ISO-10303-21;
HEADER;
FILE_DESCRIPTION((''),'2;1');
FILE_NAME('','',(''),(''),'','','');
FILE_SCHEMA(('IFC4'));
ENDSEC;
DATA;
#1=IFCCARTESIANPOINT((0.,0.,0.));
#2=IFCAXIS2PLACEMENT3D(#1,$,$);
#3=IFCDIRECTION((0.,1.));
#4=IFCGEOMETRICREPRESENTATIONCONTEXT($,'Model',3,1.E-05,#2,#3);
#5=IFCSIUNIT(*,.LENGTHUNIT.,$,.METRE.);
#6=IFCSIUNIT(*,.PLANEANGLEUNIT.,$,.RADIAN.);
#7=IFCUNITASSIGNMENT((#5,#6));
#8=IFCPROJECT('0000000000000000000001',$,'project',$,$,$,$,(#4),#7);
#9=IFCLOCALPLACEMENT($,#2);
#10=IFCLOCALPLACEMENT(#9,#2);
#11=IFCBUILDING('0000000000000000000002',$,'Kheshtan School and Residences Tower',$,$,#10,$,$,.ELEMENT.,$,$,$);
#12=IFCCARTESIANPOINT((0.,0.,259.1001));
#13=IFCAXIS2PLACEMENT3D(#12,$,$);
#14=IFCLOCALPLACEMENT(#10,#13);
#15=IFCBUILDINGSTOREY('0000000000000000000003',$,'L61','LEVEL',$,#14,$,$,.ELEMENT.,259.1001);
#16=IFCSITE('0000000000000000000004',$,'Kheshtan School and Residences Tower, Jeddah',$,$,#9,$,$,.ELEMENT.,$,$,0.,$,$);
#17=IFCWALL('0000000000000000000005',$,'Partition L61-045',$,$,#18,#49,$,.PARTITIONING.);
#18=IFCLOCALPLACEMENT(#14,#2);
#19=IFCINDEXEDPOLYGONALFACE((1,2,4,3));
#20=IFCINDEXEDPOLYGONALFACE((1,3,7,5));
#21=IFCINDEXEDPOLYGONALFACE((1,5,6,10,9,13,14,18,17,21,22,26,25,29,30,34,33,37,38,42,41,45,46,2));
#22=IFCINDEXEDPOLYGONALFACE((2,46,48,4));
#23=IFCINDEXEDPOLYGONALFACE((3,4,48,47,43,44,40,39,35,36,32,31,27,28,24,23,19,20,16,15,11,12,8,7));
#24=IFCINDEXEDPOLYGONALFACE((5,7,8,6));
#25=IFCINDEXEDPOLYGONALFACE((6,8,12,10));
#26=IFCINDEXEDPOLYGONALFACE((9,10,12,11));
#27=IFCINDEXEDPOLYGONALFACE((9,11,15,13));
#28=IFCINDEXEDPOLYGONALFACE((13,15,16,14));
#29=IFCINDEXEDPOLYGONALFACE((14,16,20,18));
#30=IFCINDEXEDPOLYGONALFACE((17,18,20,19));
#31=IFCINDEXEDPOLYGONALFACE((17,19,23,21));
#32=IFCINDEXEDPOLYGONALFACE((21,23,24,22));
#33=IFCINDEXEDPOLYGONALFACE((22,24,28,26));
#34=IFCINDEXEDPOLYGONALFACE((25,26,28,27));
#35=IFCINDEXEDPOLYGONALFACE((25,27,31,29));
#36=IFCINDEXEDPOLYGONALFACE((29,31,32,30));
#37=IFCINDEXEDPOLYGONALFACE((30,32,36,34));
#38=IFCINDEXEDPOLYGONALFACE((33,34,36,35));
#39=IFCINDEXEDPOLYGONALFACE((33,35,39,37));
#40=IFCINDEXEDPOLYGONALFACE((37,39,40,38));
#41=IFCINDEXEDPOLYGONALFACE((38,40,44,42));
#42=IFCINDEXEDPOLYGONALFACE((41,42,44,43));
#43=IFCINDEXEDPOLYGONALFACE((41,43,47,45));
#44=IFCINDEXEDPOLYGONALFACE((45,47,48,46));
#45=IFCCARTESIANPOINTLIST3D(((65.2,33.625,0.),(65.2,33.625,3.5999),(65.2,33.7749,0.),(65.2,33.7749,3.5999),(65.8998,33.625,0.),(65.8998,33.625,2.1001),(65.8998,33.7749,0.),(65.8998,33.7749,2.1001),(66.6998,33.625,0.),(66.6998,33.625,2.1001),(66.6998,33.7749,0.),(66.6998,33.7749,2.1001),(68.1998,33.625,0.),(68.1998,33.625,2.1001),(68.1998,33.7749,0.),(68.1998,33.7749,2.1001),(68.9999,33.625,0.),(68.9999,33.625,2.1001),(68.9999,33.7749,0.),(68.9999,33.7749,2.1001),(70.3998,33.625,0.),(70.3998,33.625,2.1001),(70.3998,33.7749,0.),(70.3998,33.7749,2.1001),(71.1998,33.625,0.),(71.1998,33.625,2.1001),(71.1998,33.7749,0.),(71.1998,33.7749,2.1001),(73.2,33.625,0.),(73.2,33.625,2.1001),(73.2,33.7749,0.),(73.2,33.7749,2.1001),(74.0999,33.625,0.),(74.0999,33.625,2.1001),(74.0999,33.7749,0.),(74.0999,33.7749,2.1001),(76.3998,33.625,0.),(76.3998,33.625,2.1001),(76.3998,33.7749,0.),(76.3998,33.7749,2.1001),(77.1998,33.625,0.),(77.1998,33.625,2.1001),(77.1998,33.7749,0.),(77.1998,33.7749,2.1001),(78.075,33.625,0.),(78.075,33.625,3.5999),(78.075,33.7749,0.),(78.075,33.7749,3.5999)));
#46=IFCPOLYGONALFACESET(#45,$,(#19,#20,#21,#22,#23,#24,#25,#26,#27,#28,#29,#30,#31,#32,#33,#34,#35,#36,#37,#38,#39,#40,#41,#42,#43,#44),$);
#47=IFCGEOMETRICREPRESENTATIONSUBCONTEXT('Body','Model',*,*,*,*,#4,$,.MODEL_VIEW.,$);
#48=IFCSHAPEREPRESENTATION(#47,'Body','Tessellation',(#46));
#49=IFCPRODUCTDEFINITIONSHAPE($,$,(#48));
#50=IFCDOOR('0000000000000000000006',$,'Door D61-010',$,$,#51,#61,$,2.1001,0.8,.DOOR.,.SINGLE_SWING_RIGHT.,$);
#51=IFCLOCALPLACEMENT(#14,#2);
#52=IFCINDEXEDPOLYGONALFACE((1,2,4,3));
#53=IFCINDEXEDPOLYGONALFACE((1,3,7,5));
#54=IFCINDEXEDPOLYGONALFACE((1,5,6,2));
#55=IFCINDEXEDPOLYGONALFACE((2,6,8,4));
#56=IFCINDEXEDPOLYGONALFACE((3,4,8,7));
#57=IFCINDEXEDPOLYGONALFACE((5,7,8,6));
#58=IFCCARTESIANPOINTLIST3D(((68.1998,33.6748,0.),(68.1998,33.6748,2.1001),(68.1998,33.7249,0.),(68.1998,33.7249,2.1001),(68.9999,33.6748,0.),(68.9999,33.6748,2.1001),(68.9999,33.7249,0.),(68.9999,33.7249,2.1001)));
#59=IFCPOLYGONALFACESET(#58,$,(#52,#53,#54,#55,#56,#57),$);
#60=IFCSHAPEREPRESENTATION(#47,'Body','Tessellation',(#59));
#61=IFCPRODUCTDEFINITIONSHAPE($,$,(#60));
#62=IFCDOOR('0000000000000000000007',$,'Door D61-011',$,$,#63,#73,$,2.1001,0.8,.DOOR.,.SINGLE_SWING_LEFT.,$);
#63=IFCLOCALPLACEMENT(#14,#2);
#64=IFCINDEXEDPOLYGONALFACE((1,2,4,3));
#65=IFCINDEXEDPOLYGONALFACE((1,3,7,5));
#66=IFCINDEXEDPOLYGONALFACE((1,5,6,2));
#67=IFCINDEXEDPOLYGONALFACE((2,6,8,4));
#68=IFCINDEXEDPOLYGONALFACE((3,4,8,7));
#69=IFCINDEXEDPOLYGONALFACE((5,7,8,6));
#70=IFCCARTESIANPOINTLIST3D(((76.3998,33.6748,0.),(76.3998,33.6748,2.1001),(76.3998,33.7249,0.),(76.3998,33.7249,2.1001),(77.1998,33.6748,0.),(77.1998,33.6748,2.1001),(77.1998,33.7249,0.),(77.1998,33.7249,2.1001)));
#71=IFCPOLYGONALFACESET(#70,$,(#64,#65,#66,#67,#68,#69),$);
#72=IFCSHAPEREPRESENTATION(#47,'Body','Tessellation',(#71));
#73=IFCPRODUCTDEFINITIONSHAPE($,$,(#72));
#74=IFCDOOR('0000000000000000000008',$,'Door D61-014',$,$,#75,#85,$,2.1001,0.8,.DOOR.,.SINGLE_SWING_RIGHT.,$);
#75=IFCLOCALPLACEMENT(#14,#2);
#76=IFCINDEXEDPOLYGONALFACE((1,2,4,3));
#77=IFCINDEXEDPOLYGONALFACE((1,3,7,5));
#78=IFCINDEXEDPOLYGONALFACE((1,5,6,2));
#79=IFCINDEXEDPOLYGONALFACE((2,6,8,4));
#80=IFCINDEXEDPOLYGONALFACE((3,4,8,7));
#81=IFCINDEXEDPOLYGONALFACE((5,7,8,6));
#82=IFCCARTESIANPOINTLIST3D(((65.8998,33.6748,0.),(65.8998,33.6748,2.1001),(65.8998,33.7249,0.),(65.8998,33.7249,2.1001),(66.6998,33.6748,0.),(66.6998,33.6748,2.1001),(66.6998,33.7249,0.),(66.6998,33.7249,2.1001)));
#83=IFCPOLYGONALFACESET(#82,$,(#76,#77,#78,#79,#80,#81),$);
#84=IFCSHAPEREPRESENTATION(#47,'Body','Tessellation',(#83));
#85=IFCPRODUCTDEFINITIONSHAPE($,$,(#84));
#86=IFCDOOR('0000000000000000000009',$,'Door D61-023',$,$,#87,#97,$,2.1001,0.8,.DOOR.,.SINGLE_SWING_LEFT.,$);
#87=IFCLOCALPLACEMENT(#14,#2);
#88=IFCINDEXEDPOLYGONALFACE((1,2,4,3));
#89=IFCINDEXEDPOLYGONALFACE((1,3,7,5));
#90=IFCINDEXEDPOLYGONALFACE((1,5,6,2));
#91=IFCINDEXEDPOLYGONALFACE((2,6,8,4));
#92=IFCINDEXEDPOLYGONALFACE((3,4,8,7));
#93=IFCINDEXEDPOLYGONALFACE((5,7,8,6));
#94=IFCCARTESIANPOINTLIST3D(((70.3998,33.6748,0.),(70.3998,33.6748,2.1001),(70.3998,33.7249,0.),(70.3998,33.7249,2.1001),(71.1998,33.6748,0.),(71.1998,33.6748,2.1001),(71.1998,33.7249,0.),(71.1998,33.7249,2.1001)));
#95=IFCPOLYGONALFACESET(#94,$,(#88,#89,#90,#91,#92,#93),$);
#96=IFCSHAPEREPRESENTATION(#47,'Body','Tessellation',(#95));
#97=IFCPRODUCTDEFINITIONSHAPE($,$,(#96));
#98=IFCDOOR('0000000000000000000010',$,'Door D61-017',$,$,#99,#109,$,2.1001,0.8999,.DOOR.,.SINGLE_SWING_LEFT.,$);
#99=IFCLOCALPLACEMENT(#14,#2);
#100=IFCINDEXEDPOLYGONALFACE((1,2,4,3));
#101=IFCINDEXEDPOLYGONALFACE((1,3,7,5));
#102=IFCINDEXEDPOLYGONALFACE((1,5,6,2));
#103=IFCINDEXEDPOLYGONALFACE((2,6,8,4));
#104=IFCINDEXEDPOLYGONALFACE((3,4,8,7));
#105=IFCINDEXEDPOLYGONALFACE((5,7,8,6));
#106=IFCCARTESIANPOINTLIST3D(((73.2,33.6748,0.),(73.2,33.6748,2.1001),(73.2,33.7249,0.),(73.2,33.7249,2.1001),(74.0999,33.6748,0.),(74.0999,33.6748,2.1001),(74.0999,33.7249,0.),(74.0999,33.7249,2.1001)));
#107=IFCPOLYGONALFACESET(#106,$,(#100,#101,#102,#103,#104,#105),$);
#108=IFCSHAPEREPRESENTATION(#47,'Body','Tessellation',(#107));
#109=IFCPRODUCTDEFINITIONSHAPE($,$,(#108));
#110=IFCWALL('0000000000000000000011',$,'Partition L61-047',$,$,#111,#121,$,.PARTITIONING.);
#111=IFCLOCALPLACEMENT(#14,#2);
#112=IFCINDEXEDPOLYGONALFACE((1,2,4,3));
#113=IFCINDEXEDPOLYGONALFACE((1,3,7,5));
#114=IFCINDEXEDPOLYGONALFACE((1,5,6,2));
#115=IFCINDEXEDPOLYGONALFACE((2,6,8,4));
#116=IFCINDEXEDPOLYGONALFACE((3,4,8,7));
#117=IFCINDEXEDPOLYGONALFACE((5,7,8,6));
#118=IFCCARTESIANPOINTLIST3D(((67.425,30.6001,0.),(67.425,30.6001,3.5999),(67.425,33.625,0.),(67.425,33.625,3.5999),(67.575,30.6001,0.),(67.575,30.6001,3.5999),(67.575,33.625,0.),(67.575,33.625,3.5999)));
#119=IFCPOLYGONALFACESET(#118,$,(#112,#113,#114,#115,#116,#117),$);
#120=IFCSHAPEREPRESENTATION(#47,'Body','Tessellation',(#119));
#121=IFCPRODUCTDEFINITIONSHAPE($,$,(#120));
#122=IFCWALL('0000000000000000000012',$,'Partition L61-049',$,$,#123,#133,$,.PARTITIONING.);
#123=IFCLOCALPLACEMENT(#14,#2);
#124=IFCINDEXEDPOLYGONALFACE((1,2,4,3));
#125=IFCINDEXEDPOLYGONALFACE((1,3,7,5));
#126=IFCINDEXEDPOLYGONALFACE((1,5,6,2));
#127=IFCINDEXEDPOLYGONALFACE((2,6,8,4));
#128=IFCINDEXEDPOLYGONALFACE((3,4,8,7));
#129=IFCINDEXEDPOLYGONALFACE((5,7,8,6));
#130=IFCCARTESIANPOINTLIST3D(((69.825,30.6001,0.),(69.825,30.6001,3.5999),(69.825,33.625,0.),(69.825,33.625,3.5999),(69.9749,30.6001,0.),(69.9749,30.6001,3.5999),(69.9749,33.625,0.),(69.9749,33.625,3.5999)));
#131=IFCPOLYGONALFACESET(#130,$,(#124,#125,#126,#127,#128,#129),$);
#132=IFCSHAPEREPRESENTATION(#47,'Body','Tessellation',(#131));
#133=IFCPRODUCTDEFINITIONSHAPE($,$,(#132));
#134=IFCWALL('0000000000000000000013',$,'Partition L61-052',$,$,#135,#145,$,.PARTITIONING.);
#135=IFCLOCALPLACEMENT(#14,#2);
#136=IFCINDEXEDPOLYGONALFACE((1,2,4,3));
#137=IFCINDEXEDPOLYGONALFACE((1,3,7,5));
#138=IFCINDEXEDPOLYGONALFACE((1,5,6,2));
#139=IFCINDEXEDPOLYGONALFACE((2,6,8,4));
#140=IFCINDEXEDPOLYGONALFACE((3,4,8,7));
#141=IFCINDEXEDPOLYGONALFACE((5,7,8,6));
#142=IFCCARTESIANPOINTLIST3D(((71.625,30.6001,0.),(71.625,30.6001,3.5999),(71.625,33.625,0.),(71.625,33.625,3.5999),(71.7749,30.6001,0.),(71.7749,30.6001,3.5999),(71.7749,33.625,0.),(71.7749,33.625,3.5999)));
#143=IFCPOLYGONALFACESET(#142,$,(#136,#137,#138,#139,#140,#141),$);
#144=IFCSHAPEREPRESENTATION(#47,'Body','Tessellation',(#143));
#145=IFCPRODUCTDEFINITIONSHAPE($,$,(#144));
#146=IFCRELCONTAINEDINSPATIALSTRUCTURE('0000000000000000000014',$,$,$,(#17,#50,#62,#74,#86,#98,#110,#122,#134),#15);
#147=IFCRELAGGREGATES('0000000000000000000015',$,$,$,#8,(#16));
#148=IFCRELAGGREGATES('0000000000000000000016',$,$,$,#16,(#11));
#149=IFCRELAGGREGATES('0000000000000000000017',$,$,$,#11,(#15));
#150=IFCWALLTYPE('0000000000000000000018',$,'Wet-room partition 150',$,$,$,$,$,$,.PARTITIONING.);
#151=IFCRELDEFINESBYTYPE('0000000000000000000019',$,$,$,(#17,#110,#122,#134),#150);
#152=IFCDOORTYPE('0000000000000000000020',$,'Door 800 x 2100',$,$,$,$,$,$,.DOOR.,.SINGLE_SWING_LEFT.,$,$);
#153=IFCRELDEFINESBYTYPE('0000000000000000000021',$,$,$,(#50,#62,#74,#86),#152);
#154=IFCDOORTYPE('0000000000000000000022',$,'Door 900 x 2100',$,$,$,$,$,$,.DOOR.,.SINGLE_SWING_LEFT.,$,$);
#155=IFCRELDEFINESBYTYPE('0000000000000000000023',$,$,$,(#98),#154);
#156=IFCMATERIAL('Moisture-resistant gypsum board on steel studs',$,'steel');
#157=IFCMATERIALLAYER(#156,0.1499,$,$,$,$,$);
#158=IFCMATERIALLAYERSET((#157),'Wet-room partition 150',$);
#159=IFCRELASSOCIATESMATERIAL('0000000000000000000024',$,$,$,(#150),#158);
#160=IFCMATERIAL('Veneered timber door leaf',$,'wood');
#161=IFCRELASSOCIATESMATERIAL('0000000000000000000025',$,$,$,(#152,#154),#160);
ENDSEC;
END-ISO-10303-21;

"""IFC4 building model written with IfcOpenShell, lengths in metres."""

from ifc_helpers import new_model, si_unit, direction, frame, frame_2d, origin, place, context, subcontext, project, spatial, rectangle, extrude, source, transform, mapped, material, layer, layer_set, type_object, element, fill, save


model = new_model("IFC4")

# Units and contexts
model_context = context("Model", 3, precision=1e-05, world=origin(), true_north=direction((0.0, 1.0)))
body_context = subcontext(model_context, "Body", "Model", "MODEL_VIEW")
ifc_project = project(units=[si_unit("LENGTHUNIT", "METRE"), si_unit("PLANEANGLEUNIT", "RADIAN")], contexts=[model_context])

# Site, building, storey
site_placement = place(None, origin())
site = spatial("IfcSite", under=ifc_project, at=site_placement, Name="Kheshtan School and Residences Tower, Jeddah", CompositionType="ELEMENT", RefElevation=0.0)
building_placement = place(site_placement, origin())
building = spatial("IfcBuilding", under=site, at=building_placement, Name="Kheshtan School and Residences Tower", CompositionType="ELEMENT")
storey_placement = place(building_placement, frame((0.0, 0.0, 259.1001)))
storey = spatial("IfcBuildingStorey", under=building, at=storey_placement, Name="L61", Description="LEVEL", CompositionType="ELEMENT", Elevation=259.1001)

# Shared definitions
ifc_material_1 = material(Name="Moisture-resistant gypsum board on steel studs", Category="steel")
ifc_layer_1 = layer(ifc_material_1, 0.1499)
ifc_layer_set_1 = layer_set([ifc_layer_1], Name="Wet-room partition 150")
wall_type_1 = type_object("IfcWallType", Name="Wet-room partition 150", PredefinedType="PARTITIONING", material=ifc_layer_set_1)

# Wall, openings, doors
wall_1_placement = place(storey_placement, frame((65.2, 33.7, 0.0), z_axis=(0.0, 0.0, 1.0), x_axis=(1.0, 0.0, 0.0)))
wall_1 = element("IfcWall", 1, at=wall_1_placement, inside=storey, type_object=wall_type_1, Name="Partition L61-045", PredefinedType="PARTITIONING", context=body_context, shape_type="SweptSolid", body=[
    extrude(rectangle(XDim=12.875, YDim=0.1499, at=frame_2d((6.4375, 0.0))), origin(), (0.0, 0.0, 1.0), 3.5999),
])
opening_1_placement = place(wall_1_placement, frame((3.0, 0.0, 0.0)))
opening_1 = element("IfcOpeningElement", 2, at=opening_1_placement, cuts=wall_1, PredefinedType="OPENING", context=body_context, shape_type="SweptSolid", body=[
    extrude(rectangle(XDim=0.8, YDim=2.1001, at=frame_2d((0.3999, 1.05))), frame((0.0, 0.085, 0.0), z_axis=(0.0, -1.0, 0.0), x_axis=(1.0, 0.0, 0.0)), (0.0, 0.0, 1.0), 0.1699),
])
opening_2_placement = place(wall_1_placement, frame((11.2, 0.0, 0.0)))
opening_2 = element("IfcOpeningElement", 3, at=opening_2_placement, cuts=wall_1, PredefinedType="OPENING", context=body_context, shape_type="SweptSolid", body=[
    extrude(rectangle(XDim=0.8, YDim=2.1001, at=frame_2d((0.3999, 1.05))), frame((0.0, 0.085, 0.0), z_axis=(0.0, -1.0, 0.0), x_axis=(1.0, 0.0, 0.0)), (0.0, 0.0, 1.0), 0.1699),
])
opening_3_placement = place(wall_1_placement, frame((0.7, 0.0, 0.0)))
opening_3 = element("IfcOpeningElement", 4, at=opening_3_placement, cuts=wall_1, PredefinedType="OPENING", context=body_context, shape_type="SweptSolid", body=[
    extrude(rectangle(XDim=0.8, YDim=2.1001, at=frame_2d((0.3999, 1.05))), frame((0.0, 0.085, 0.0), z_axis=(0.0, -1.0, 0.0), x_axis=(1.0, 0.0, 0.0)), (0.0, 0.0, 1.0), 0.1699),
])
opening_4_placement = place(wall_1_placement, frame((8.0, 0.0, 0.0)))
opening_4 = element("IfcOpeningElement", 5, at=opening_4_placement, cuts=wall_1, PredefinedType="OPENING", context=body_context, shape_type="SweptSolid", body=[
    extrude(rectangle(XDim=0.8999, YDim=2.1001, at=frame_2d((0.45, 1.05))), frame((0.0, 0.085, 0.0), z_axis=(0.0, -1.0, 0.0), x_axis=(1.0, 0.0, 0.0)), (0.0, 0.0, 1.0), 0.1699),
])
opening_5_placement = place(wall_1_placement, frame((5.2, 0.0, 0.0)))
opening_5 = element("IfcOpeningElement", 6, at=opening_5_placement, cuts=wall_1, PredefinedType="OPENING", context=body_context, shape_type="SweptSolid", body=[
    extrude(rectangle(XDim=0.8, YDim=2.1001, at=frame_2d((0.3999, 1.05))), frame((0.0, 0.085, 0.0), z_axis=(0.0, -1.0, 0.0), x_axis=(1.0, 0.0, 0.0)), (0.0, 0.0, 1.0), 0.1699),
])
ifc_material_2 = material(Name="Veneered timber door leaf", Category="wood")
door_type_1 = type_object("IfcDoorType", Name="Door 800 x 2100", OperationType="SINGLE_SWING_LEFT", PredefinedType="DOOR", material=ifc_material_2)
shared_shape_1 = source(origin(), body_context, "Body", "SweptSolid", [
    extrude(rectangle(XDim=0.8, YDim=2.1001, at=frame_2d((0.3999, 1.05))), frame((0.0, 0.0249, 0.0), z_axis=(0.0, -1.0, 0.0), x_axis=(1.0, 0.0, 0.0)), (0.0, 0.0, 1.0), 0.05),
])
door_1_placement = place(opening_1_placement, origin())
door_1 = element("IfcDoor", 7, at=door_1_placement, inside=storey, type_object=door_type_1, Name="Door D61-010", OperationType="SINGLE_SWING_RIGHT", OverallHeight=2.1001, OverallWidth=0.8, PredefinedType="DOOR", context=body_context, shape_type="MappedRepresentation", body=[
    mapped(shared_shape_1, transform((0.0, 0.0, 0.0), x_axis=(1.0, 0.0, 0.0), y_axis=(0.0, 1.0, 0.0), z_axis=(0.0, 0.0, 1.0), scale=1.0)),
])
fill(opening_1, door_1)
door_2_placement = place(opening_2_placement, origin())
door_2 = element("IfcDoor", 8, at=door_2_placement, inside=storey, type_object=door_type_1, Name="Door D61-011", OperationType="SINGLE_SWING_LEFT", OverallHeight=2.1001, OverallWidth=0.8, PredefinedType="DOOR", context=body_context, shape_type="MappedRepresentation", body=[
    mapped(shared_shape_1, transform((0.0, 0.0, 0.0), x_axis=(1.0, 0.0, 0.0), y_axis=(0.0, 1.0, 0.0), z_axis=(0.0, 0.0, 1.0), scale=1.0)),
])
fill(opening_2, door_2)
door_3_placement = place(opening_3_placement, origin())
door_3 = element("IfcDoor", 9, at=door_3_placement, inside=storey, type_object=door_type_1, Name="Door D61-014", OperationType="SINGLE_SWING_RIGHT", OverallHeight=2.1001, OverallWidth=0.8, PredefinedType="DOOR", context=body_context, shape_type="MappedRepresentation", body=[
    mapped(shared_shape_1, transform((0.0, 0.0, 0.0), x_axis=(1.0, 0.0, 0.0), y_axis=(0.0, 1.0, 0.0), z_axis=(0.0, 0.0, 1.0), scale=1.0)),
])
fill(opening_3, door_3)
door_4_placement = place(opening_5_placement, origin())
door_4 = element("IfcDoor", 10, at=door_4_placement, inside=storey, type_object=door_type_1, Name="Door D61-023", OperationType="SINGLE_SWING_LEFT", OverallHeight=2.1001, OverallWidth=0.8, PredefinedType="DOOR", context=body_context, shape_type="MappedRepresentation", body=[
    mapped(shared_shape_1, transform((0.0, 0.0, 0.0), x_axis=(1.0, 0.0, 0.0), y_axis=(0.0, 1.0, 0.0), z_axis=(0.0, 0.0, 1.0), scale=1.0)),
])
fill(opening_5, door_4)
door_type_2 = type_object("IfcDoorType", Name="Door 900 x 2100", OperationType="SINGLE_SWING_LEFT", PredefinedType="DOOR", material=ifc_material_2)
shared_shape_2 = source(origin(), body_context, "Body", "SweptSolid", [
    extrude(rectangle(XDim=0.8999, YDim=2.1001, at=frame_2d((0.45, 1.05))), frame((0.0, 0.0249, 0.0), z_axis=(0.0, -1.0, 0.0), x_axis=(1.0, 0.0, 0.0)), (0.0, 0.0, 1.0), 0.05),
])
door_5_placement = place(opening_4_placement, origin())
door_5 = element("IfcDoor", 11, at=door_5_placement, inside=storey, type_object=door_type_2, Name="Door D61-017", OperationType="SINGLE_SWING_LEFT", OverallHeight=2.1001, OverallWidth=0.8999, PredefinedType="DOOR", context=body_context, shape_type="MappedRepresentation", body=[
    mapped(shared_shape_2, transform((0.0, 0.0, 0.0), x_axis=(1.0, 0.0, 0.0), y_axis=(0.0, 1.0, 0.0), z_axis=(0.0, 0.0, 1.0), scale=1.0)),
])
fill(opening_4, door_5)

# Walls
for number, where, z_axis, x_axis, name in (
    (12, (67.5, 30.6001, 0.0), (0.0, 0.0, 1.0), (0.0, 1.0, 0.0), "Partition L61-047"),
    (13, (69.8999, 30.6001, 0.0), (0.0, 0.0, 1.0), (0.0, 1.0, 0.0), "Partition L61-049"),
    (14, (71.7, 30.6001, 0.0), (0.0, 0.0, 1.0), (0.0, 1.0, 0.0), "Partition L61-052"),
):
    element("IfcWall", number, at=place(storey_placement, frame(where, z_axis=z_axis, x_axis=x_axis)), inside=storey, type_object=wall_type_1, Name=name, PredefinedType="PARTITIONING", context=body_context, shape_type="SweptSolid", body=[
        extrude(rectangle(XDim=3.0249, YDim=0.1499, at=frame_2d((1.5125, 0.0))), origin(), (0.0, 0.0, 1.0), 3.5999),
    ])

save(model, "model.ifc")
